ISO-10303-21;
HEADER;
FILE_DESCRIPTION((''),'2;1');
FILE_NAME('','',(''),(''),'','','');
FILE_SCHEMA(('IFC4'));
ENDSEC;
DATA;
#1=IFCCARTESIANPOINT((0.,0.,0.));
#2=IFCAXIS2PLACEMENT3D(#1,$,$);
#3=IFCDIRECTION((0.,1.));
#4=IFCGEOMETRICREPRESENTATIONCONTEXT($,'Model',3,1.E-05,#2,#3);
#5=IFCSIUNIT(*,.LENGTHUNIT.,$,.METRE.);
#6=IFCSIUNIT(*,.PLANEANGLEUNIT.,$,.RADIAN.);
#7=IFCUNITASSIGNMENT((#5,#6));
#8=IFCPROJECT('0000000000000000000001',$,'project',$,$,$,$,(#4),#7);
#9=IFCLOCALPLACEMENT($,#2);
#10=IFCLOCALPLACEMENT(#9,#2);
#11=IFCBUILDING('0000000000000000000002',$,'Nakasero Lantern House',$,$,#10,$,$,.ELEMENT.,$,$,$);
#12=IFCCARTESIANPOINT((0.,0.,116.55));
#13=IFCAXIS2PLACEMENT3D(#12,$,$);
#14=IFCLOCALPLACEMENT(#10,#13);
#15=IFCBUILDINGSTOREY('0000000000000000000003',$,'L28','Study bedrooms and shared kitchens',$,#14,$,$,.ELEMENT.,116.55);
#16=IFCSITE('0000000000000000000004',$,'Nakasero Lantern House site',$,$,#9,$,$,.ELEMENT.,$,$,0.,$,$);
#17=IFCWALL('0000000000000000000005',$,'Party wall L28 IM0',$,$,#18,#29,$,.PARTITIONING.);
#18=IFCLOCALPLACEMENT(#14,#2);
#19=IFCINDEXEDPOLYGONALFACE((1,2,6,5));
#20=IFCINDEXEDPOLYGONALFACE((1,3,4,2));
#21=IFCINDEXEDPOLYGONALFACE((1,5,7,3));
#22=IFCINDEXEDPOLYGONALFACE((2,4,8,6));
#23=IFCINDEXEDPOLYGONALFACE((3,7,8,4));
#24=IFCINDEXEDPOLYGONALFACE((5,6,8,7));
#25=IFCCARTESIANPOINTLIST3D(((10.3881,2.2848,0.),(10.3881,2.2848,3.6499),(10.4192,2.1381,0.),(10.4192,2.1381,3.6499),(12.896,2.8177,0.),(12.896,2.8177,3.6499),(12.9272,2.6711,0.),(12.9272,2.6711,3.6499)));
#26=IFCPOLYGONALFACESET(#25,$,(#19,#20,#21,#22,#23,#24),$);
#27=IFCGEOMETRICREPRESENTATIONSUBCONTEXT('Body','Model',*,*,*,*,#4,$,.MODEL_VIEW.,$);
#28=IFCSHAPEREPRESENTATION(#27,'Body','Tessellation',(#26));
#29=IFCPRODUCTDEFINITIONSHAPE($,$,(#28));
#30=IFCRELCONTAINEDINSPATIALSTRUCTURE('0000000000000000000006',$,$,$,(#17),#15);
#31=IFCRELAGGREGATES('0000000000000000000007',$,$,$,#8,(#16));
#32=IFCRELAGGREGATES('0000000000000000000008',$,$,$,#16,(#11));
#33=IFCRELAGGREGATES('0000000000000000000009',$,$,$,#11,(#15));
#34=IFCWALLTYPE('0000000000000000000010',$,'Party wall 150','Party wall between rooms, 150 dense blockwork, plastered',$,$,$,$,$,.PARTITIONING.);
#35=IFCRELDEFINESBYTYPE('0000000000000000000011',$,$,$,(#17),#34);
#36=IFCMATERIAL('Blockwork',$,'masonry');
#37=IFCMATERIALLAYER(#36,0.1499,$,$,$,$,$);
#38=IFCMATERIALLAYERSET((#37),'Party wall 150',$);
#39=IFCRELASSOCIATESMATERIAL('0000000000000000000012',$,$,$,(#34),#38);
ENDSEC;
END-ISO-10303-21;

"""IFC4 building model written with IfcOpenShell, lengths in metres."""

from ifc_helpers import new_model, si_unit, direction, frame, frame_2d, origin, place, context, subcontext, project, spatial, rectangle, extrude, material, layer, layer_set, type_object, element, save


model = new_model("IFC4")

# Units and contexts
model_context = context("Model", 3, precision=1e-05, world=origin(), true_north=direction((0.0, 1.0)))
body_context = subcontext(model_context, "Body", "Model", "MODEL_VIEW")
ifc_project = project(units=[si_unit("LENGTHUNIT", "METRE"), si_unit("PLANEANGLEUNIT", "RADIAN")], contexts=[model_context])

# Site, building, storey
site_placement = place(None, origin())
site = spatial("IfcSite", under=ifc_project, at=site_placement, Name="Nakasero Lantern House site", CompositionType="ELEMENT", RefElevation=0.0)
building_placement = place(site_placement, origin())
building = spatial("IfcBuilding", under=site, at=building_placement, Name="Nakasero Lantern House", CompositionType="ELEMENT")
storey_placement = place(building_placement, frame((0.0, 0.0, 116.55)))
storey = spatial("IfcBuildingStorey", under=building, at=storey_placement, Name="L28", Description="Study bedrooms and shared kitchens", CompositionType="ELEMENT", Elevation=116.55)

# Wall
ifc_material_1 = material(Name="Blockwork", Category="masonry")
ifc_layer_1 = layer(ifc_material_1, 0.1499)
ifc_layer_set_1 = layer_set([ifc_layer_1], Name="Party wall 150")
wall_type_1 = type_object("IfcWallType", Name="Party wall 150", Description="Party wall between rooms, 150 dense blockwork, plastered", PredefinedType="PARTITIONING", material=ifc_layer_set_1)
wall_1_placement = place(storey_placement, frame((12.9116, 2.7444, 0.0), z_axis=(0.0, 0.0, 1.0), x_axis=(-0.978159, -0.207858, 0.0)))
element("IfcWall", 1, at=wall_1_placement, inside=storey, type_object=wall_type_1, Name="Party wall L28 IM0", PredefinedType="PARTITIONING", context=body_context, shape_type="SweptSolid", body=[
    extrude(rectangle(XDim=2.564, YDim=0.1499, at=frame_2d((1.282, 0.0))), origin(), (0.0, 0.0, 1.0), 3.6499),
])

save(model, "model.ifc")
